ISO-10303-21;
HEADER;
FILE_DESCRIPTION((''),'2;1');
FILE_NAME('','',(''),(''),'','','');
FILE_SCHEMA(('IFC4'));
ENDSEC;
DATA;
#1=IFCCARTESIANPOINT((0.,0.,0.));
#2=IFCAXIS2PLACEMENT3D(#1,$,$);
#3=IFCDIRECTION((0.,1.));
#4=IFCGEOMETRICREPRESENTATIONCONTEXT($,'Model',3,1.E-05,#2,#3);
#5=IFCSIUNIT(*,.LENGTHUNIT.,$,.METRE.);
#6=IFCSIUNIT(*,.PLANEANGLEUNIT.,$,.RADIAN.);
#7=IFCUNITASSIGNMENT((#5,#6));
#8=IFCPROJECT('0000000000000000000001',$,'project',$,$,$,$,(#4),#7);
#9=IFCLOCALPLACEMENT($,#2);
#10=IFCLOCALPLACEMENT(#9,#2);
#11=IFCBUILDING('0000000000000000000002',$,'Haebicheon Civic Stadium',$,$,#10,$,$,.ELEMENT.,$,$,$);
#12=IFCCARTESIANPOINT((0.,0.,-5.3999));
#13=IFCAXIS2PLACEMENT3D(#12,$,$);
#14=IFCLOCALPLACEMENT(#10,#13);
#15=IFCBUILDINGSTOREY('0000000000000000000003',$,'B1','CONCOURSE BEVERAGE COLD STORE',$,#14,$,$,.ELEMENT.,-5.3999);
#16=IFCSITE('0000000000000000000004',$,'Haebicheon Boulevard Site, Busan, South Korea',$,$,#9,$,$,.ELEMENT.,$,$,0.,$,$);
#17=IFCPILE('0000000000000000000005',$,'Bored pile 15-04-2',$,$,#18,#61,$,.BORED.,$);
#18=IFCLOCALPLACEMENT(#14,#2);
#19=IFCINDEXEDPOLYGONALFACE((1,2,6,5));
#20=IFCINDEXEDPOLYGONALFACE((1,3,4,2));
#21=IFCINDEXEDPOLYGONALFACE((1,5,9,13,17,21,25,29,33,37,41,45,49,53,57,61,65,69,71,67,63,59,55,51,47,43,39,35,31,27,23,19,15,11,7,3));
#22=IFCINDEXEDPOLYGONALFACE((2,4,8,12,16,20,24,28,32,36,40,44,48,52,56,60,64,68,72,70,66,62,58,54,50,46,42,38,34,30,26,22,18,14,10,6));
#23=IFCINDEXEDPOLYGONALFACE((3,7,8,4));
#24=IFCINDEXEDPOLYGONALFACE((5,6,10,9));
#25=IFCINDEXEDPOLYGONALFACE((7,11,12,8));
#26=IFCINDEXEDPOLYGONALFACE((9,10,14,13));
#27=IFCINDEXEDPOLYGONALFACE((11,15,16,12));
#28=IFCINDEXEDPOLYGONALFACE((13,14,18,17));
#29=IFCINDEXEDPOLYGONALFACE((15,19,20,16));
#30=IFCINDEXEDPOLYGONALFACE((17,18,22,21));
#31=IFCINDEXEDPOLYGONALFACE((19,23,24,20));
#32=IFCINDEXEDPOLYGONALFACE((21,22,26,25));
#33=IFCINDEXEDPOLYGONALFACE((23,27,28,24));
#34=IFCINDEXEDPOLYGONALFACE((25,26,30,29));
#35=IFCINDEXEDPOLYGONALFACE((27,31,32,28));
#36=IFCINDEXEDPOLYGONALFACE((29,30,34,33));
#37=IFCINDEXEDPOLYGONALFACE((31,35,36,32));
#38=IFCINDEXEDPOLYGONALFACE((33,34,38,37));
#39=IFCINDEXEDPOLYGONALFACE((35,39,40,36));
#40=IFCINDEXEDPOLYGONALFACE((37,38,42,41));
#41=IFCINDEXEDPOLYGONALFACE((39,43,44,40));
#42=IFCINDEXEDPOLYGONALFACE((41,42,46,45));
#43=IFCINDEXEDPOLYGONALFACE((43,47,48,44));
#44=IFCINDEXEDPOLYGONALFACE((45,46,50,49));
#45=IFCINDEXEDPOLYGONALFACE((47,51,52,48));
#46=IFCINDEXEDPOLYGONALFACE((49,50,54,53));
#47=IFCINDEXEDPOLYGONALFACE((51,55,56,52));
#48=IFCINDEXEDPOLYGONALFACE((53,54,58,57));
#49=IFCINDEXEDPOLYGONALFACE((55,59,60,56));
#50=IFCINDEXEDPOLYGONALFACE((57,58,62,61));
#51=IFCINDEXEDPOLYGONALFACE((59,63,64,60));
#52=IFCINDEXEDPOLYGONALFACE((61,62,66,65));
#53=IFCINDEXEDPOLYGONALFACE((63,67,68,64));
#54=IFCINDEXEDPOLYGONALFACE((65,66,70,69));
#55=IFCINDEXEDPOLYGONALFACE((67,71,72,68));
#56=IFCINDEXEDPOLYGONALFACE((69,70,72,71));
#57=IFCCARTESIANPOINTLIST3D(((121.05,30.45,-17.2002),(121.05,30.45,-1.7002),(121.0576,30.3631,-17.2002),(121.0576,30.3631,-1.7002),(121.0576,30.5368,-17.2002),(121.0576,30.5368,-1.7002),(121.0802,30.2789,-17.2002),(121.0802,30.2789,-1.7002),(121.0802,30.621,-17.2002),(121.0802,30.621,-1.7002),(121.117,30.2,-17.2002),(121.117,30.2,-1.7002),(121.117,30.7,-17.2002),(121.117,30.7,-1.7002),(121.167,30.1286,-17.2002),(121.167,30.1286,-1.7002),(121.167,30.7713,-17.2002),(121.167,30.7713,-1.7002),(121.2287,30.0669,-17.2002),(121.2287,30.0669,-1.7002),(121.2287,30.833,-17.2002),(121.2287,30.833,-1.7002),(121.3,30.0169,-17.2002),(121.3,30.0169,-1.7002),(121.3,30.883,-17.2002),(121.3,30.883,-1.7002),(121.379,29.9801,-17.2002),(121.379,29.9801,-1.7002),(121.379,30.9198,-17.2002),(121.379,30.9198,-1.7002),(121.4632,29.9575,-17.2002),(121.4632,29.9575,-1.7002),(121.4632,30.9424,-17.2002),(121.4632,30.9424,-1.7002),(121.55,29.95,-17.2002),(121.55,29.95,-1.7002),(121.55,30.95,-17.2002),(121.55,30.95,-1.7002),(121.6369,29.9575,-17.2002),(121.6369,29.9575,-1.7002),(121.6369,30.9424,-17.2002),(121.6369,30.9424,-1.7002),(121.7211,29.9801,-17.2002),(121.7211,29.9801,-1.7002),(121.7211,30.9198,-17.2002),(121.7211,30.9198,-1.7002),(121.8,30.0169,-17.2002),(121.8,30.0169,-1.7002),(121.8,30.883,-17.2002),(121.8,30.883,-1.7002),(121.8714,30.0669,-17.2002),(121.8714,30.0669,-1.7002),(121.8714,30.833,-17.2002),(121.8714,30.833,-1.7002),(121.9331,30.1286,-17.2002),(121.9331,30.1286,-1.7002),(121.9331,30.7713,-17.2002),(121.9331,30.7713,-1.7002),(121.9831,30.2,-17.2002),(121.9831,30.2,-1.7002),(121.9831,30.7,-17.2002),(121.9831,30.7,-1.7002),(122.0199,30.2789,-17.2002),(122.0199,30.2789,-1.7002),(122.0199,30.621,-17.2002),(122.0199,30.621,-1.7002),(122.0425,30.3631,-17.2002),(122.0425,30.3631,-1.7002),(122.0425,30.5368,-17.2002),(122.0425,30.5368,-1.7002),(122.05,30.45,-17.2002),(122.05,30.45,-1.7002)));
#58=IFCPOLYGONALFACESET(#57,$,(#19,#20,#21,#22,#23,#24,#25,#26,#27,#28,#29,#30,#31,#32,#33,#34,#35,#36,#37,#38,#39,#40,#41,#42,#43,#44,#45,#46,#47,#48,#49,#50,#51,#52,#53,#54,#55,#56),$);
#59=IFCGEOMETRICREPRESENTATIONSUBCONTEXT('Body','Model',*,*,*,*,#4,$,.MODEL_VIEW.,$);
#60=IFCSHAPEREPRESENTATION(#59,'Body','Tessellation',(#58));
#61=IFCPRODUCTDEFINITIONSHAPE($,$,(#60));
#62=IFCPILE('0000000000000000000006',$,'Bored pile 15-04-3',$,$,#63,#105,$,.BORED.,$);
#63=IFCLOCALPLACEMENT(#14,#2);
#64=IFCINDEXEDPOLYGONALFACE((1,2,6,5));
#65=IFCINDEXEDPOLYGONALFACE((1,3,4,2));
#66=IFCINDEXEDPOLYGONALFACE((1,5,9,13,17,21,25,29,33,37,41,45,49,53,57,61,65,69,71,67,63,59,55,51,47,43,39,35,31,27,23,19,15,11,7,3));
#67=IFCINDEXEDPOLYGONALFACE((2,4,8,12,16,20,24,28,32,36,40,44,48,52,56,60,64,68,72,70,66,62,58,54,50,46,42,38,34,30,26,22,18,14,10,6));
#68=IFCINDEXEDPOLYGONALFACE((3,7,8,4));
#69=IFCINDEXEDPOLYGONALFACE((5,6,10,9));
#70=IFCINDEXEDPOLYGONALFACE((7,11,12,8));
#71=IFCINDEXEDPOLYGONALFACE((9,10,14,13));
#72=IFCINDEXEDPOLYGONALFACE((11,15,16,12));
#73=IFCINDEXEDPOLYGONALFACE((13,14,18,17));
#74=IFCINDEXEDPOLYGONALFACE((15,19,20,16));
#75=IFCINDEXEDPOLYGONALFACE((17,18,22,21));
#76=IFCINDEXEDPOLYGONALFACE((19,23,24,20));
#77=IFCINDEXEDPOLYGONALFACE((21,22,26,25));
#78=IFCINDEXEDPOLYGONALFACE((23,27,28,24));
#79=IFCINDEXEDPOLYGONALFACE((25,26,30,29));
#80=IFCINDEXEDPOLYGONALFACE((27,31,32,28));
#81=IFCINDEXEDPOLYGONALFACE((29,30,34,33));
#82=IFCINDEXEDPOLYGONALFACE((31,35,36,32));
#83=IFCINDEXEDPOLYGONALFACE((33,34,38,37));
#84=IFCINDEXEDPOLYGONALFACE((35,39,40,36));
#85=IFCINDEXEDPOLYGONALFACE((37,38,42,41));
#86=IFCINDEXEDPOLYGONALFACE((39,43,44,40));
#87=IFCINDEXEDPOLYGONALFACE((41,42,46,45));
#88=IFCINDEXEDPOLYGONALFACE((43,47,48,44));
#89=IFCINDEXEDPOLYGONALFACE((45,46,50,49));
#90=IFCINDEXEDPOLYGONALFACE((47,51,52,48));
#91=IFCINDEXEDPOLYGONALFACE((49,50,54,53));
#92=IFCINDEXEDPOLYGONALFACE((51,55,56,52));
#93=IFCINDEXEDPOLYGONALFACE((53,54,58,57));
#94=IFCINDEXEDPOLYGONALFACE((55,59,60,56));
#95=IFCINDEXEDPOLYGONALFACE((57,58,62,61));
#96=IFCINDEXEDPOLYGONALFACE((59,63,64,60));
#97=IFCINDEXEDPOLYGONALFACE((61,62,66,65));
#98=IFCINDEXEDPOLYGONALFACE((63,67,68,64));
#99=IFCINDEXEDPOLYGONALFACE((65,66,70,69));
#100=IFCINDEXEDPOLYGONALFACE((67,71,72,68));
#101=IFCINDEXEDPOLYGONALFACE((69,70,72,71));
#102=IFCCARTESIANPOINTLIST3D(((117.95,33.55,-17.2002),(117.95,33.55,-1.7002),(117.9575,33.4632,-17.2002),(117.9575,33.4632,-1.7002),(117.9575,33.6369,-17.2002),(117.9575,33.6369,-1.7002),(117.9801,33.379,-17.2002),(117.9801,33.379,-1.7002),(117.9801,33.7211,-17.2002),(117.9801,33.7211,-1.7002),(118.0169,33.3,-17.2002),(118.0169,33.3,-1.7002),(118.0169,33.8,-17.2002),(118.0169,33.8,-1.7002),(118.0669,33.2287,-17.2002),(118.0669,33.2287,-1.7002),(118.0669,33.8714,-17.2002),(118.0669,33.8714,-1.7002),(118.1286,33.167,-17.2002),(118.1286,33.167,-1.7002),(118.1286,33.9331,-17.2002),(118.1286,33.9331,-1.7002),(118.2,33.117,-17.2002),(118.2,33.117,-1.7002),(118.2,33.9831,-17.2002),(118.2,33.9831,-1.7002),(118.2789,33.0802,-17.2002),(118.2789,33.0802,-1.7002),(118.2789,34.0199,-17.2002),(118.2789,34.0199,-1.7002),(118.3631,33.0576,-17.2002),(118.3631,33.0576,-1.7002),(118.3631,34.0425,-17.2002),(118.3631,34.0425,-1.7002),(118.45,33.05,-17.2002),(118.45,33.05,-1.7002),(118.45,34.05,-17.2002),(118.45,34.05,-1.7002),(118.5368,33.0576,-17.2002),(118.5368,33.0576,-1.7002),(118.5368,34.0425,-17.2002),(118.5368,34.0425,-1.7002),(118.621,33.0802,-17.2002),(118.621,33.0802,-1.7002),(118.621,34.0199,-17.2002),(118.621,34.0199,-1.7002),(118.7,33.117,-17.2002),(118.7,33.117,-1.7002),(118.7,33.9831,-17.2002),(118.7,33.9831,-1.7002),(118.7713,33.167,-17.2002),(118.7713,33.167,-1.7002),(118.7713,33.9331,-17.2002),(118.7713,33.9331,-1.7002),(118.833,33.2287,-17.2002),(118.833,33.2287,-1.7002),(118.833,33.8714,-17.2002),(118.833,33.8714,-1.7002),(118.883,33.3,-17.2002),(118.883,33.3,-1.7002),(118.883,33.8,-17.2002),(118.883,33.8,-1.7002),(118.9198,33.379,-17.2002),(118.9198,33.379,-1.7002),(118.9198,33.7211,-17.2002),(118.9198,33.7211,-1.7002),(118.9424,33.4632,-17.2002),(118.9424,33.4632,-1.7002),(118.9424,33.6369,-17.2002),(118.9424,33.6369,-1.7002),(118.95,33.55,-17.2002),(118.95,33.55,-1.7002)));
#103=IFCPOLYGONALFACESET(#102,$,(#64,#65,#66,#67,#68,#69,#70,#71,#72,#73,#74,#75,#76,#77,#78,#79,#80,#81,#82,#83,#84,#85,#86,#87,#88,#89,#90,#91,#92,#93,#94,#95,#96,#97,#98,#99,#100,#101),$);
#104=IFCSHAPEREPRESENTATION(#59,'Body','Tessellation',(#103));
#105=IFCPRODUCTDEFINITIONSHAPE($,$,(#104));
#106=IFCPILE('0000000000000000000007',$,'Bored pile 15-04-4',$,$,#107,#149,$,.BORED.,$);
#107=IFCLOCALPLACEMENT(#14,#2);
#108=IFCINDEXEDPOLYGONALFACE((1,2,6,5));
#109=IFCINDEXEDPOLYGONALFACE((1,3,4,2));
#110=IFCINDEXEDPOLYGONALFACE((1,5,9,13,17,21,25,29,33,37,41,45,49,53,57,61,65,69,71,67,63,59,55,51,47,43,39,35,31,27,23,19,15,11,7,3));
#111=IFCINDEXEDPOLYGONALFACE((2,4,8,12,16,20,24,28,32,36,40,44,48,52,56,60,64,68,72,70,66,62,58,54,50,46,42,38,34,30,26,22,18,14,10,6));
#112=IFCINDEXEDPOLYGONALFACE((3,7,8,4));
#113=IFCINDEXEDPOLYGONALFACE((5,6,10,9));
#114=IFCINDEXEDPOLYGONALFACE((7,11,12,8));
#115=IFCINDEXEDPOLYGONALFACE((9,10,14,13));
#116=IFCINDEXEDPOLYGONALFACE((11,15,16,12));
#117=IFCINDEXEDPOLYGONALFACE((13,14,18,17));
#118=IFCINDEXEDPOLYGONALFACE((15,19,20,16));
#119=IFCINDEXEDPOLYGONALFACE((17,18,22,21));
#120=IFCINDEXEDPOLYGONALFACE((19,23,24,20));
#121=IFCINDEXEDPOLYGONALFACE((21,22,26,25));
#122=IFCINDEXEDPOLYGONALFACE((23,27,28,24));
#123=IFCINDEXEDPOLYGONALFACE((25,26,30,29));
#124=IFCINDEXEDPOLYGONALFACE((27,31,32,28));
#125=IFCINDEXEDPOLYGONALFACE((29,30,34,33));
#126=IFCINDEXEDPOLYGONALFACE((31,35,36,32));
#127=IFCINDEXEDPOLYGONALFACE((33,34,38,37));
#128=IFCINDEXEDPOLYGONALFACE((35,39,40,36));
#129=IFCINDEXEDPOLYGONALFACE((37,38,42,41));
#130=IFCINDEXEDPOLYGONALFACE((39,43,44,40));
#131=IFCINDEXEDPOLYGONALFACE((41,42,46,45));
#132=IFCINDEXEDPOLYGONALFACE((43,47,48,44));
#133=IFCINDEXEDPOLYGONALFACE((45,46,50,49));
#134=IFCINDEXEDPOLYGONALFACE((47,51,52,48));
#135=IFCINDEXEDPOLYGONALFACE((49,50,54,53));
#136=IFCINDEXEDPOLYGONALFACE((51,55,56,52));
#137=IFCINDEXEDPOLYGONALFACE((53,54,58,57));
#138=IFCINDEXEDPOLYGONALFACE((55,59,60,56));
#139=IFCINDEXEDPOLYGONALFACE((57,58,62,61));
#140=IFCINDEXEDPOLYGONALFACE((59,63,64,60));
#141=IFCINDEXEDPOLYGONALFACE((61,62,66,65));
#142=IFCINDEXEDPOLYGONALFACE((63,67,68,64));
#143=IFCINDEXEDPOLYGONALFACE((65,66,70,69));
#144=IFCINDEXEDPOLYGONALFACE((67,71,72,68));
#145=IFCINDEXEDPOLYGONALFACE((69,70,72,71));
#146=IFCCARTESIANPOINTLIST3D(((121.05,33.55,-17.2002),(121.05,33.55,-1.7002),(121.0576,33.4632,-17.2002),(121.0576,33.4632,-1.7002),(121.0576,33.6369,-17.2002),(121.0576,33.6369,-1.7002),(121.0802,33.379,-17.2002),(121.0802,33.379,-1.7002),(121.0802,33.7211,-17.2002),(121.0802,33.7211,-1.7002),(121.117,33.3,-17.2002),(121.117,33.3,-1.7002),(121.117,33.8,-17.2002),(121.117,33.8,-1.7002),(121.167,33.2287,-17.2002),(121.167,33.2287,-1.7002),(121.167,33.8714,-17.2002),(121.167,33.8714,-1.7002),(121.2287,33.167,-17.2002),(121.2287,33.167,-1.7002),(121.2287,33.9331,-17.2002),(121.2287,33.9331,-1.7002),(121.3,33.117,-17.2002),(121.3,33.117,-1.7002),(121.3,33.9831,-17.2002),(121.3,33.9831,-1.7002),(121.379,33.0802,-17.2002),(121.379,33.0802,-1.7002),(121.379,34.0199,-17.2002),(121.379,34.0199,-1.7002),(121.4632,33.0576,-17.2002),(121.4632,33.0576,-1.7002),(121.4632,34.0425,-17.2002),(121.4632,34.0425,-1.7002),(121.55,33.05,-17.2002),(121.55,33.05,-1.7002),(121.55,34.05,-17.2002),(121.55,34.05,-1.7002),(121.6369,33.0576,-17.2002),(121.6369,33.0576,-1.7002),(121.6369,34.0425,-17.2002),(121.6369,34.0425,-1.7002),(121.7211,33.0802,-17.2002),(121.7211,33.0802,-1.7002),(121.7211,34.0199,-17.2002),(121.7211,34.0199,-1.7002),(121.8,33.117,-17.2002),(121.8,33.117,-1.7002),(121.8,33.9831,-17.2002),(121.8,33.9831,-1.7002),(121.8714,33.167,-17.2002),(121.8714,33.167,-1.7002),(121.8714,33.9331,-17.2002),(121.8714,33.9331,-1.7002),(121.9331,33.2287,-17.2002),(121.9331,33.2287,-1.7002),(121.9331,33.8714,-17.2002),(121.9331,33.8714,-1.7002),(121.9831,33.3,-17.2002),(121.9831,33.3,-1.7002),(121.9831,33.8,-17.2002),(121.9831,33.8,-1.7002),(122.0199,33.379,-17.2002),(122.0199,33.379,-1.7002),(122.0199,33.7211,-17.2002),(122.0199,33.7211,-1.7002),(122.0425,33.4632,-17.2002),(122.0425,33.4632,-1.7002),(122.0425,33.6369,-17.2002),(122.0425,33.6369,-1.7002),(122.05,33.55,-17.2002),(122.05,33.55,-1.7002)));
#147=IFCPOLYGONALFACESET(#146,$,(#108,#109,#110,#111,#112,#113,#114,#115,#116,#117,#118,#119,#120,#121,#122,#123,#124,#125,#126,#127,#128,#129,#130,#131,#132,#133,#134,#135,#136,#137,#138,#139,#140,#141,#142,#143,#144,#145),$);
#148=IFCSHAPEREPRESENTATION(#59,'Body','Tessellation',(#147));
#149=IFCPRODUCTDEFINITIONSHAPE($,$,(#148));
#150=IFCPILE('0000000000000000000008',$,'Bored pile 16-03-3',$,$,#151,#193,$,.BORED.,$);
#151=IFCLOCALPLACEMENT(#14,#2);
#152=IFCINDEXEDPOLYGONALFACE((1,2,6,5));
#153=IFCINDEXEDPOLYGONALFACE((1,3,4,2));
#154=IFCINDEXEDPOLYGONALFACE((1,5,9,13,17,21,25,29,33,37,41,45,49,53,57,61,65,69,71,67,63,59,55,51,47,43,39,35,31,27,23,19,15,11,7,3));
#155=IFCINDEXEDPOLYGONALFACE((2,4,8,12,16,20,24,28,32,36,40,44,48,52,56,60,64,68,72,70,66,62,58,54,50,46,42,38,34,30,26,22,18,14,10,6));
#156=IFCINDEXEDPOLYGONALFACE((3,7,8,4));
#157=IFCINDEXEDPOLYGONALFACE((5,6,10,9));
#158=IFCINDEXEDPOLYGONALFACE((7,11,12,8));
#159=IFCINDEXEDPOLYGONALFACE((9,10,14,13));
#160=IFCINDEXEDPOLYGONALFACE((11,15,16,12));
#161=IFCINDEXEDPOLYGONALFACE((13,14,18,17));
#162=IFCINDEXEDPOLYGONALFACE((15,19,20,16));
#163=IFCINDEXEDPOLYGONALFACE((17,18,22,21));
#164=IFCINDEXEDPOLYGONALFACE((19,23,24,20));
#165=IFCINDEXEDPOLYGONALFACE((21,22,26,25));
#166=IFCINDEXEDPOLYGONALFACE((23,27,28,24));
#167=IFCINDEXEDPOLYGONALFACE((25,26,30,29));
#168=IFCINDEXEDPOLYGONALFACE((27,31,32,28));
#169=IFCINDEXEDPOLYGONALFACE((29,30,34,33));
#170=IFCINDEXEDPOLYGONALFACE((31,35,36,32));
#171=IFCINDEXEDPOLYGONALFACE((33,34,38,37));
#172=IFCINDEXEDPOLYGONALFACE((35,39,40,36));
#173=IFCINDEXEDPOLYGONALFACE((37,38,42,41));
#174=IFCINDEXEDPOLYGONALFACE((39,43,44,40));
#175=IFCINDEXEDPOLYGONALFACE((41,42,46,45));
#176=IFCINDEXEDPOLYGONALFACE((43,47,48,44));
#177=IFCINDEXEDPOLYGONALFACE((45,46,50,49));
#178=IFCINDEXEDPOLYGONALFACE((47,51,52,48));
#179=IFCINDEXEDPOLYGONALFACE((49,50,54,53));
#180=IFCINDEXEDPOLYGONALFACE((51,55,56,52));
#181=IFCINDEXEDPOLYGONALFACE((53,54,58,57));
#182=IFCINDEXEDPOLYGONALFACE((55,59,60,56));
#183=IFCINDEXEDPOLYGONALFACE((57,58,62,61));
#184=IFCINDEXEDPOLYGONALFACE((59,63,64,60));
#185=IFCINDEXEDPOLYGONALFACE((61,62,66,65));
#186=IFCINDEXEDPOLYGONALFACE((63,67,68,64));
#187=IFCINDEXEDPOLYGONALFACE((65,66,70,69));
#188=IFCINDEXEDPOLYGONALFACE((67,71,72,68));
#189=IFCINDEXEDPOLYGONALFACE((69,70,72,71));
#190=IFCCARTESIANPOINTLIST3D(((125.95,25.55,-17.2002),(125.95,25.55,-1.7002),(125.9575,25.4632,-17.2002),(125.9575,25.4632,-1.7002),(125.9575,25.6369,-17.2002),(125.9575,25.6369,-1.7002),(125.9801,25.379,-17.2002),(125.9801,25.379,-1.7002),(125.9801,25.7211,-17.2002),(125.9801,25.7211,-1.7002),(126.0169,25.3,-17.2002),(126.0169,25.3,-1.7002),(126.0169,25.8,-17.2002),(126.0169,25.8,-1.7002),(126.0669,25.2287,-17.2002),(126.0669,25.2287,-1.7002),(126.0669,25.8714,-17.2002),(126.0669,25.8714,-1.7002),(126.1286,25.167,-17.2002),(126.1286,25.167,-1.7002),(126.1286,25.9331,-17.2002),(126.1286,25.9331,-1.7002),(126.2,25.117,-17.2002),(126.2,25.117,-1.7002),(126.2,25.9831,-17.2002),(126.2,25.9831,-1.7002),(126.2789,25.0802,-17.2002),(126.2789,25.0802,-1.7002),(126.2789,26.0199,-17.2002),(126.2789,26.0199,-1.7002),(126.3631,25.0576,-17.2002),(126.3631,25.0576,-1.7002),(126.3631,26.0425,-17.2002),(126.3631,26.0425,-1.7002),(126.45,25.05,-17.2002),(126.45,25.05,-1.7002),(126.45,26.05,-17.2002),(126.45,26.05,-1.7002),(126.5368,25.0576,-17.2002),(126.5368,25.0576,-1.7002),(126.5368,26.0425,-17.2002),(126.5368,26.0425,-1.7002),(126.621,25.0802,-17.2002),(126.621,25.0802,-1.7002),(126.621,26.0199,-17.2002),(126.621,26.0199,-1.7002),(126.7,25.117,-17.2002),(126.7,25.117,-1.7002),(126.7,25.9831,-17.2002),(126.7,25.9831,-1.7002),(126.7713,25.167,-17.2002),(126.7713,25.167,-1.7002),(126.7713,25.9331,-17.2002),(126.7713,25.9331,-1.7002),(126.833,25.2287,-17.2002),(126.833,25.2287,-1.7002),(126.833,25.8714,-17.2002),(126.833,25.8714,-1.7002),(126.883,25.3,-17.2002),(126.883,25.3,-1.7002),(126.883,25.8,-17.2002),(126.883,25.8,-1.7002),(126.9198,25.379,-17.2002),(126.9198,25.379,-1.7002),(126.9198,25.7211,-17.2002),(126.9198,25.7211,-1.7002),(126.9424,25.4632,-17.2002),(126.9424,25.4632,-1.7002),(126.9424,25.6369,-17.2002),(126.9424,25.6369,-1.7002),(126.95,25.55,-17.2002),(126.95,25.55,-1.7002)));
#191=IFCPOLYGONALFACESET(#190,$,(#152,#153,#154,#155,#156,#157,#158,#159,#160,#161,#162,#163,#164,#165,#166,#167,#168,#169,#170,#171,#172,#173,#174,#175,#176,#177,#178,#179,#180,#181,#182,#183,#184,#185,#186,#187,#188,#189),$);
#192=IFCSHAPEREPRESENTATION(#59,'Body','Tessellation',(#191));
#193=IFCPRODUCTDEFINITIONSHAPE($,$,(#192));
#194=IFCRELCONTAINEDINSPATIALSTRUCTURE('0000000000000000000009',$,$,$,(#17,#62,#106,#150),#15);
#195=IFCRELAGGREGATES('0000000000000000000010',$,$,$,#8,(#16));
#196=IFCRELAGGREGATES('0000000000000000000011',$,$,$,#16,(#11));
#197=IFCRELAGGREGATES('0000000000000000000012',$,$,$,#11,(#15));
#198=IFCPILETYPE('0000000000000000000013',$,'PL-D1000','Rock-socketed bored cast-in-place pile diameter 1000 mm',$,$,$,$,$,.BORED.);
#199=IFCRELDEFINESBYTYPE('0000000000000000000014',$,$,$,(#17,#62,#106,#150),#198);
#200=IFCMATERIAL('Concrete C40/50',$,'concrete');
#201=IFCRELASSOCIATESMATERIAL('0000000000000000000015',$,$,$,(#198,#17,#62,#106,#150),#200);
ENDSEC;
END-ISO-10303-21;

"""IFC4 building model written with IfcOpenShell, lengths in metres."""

from ifc_helpers import new_model, si_unit, direction, frame, origin, origin_2d, place, context, subcontext, project, spatial, circle, extrude, material, material_profile, profile_set, type_object, element, save


model = new_model("IFC4")

# Units and contexts
model_context = context("Model", 3, precision=1e-05, world=origin(), true_north=direction((0.0, 1.0)))
body_context = subcontext(model_context, "Body", "Model", "MODEL_VIEW")
ifc_project = project(units=[si_unit("LENGTHUNIT", "METRE"), si_unit("PLANEANGLEUNIT", "RADIAN")], contexts=[model_context])

# Site, building, storey
site_placement = place(None, origin())
site = spatial("IfcSite", under=ifc_project, at=site_placement, Name="Haebicheon Boulevard Site, Busan, South Korea", CompositionType="ELEMENT", RefElevation=0.0)
building_placement = place(site_placement, origin())
building = spatial("IfcBuilding", under=site, at=building_placement, Name="Haebicheon Civic Stadium", CompositionType="ELEMENT")
storey_placement = place(building_placement, frame((0.0, 0.0, -5.3999)))
storey = spatial("IfcBuildingStorey", under=building, at=storey_placement, Name="B1", Description="CONCOURSE BEVERAGE COLD STORE", CompositionType="ELEMENT", Elevation=-5.3999)

# Piles
ifc_material_1 = material(Name="Concrete C40/50", Category="concrete")
ifc_material_profile_1 = material_profile(ifc_material_1, circle(Radius=0.5, at=origin_2d()), Name="PILE-D1000")
ifc_profile_set_1 = profile_set([ifc_material_profile_1], Name="Concrete C40/50")
pile_type = type_object("IfcPileType", Name="PL-D1000", Description="Rock-socketed bored cast-in-place pile diameter 1000 mm", PredefinedType="BORED", material=ifc_profile_set_1)
for number, where, z_axis, x_axis, name in (
    (1, (121.55, 30.45, -1.7002), (0.0, 0.0, -1.0), (1.0, 0.0, 0.0), "Bored pile 15-04-2"),
    (2, (118.45, 33.55, -1.7002), (0.0, 0.0, -1.0), (1.0, 0.0, 0.0), "Bored pile 15-04-3"),
    (3, (121.55, 33.55, -1.7002), (0.0, 0.0, -1.0), (1.0, 0.0, 0.0), "Bored pile 15-04-4"),
    (4, (126.45, 25.55, -1.7002), (0.0, 0.0, -1.0), (1.0, 0.0, 0.0), "Bored pile 16-03-3"),
):
    element("IfcPile", number, at=place(storey_placement, frame(where, z_axis=z_axis, x_axis=x_axis)), inside=storey, type_object=pile_type, material=ifc_profile_set_1, Name=name, PredefinedType="BORED", context=body_context, shape_type="SweptSolid", body=[
        extrude(circle(Radius=0.5, at=origin_2d()), origin(), (0.0, 0.0, 1.0), 15.5),
    ])

save(model, "model.ifc")
